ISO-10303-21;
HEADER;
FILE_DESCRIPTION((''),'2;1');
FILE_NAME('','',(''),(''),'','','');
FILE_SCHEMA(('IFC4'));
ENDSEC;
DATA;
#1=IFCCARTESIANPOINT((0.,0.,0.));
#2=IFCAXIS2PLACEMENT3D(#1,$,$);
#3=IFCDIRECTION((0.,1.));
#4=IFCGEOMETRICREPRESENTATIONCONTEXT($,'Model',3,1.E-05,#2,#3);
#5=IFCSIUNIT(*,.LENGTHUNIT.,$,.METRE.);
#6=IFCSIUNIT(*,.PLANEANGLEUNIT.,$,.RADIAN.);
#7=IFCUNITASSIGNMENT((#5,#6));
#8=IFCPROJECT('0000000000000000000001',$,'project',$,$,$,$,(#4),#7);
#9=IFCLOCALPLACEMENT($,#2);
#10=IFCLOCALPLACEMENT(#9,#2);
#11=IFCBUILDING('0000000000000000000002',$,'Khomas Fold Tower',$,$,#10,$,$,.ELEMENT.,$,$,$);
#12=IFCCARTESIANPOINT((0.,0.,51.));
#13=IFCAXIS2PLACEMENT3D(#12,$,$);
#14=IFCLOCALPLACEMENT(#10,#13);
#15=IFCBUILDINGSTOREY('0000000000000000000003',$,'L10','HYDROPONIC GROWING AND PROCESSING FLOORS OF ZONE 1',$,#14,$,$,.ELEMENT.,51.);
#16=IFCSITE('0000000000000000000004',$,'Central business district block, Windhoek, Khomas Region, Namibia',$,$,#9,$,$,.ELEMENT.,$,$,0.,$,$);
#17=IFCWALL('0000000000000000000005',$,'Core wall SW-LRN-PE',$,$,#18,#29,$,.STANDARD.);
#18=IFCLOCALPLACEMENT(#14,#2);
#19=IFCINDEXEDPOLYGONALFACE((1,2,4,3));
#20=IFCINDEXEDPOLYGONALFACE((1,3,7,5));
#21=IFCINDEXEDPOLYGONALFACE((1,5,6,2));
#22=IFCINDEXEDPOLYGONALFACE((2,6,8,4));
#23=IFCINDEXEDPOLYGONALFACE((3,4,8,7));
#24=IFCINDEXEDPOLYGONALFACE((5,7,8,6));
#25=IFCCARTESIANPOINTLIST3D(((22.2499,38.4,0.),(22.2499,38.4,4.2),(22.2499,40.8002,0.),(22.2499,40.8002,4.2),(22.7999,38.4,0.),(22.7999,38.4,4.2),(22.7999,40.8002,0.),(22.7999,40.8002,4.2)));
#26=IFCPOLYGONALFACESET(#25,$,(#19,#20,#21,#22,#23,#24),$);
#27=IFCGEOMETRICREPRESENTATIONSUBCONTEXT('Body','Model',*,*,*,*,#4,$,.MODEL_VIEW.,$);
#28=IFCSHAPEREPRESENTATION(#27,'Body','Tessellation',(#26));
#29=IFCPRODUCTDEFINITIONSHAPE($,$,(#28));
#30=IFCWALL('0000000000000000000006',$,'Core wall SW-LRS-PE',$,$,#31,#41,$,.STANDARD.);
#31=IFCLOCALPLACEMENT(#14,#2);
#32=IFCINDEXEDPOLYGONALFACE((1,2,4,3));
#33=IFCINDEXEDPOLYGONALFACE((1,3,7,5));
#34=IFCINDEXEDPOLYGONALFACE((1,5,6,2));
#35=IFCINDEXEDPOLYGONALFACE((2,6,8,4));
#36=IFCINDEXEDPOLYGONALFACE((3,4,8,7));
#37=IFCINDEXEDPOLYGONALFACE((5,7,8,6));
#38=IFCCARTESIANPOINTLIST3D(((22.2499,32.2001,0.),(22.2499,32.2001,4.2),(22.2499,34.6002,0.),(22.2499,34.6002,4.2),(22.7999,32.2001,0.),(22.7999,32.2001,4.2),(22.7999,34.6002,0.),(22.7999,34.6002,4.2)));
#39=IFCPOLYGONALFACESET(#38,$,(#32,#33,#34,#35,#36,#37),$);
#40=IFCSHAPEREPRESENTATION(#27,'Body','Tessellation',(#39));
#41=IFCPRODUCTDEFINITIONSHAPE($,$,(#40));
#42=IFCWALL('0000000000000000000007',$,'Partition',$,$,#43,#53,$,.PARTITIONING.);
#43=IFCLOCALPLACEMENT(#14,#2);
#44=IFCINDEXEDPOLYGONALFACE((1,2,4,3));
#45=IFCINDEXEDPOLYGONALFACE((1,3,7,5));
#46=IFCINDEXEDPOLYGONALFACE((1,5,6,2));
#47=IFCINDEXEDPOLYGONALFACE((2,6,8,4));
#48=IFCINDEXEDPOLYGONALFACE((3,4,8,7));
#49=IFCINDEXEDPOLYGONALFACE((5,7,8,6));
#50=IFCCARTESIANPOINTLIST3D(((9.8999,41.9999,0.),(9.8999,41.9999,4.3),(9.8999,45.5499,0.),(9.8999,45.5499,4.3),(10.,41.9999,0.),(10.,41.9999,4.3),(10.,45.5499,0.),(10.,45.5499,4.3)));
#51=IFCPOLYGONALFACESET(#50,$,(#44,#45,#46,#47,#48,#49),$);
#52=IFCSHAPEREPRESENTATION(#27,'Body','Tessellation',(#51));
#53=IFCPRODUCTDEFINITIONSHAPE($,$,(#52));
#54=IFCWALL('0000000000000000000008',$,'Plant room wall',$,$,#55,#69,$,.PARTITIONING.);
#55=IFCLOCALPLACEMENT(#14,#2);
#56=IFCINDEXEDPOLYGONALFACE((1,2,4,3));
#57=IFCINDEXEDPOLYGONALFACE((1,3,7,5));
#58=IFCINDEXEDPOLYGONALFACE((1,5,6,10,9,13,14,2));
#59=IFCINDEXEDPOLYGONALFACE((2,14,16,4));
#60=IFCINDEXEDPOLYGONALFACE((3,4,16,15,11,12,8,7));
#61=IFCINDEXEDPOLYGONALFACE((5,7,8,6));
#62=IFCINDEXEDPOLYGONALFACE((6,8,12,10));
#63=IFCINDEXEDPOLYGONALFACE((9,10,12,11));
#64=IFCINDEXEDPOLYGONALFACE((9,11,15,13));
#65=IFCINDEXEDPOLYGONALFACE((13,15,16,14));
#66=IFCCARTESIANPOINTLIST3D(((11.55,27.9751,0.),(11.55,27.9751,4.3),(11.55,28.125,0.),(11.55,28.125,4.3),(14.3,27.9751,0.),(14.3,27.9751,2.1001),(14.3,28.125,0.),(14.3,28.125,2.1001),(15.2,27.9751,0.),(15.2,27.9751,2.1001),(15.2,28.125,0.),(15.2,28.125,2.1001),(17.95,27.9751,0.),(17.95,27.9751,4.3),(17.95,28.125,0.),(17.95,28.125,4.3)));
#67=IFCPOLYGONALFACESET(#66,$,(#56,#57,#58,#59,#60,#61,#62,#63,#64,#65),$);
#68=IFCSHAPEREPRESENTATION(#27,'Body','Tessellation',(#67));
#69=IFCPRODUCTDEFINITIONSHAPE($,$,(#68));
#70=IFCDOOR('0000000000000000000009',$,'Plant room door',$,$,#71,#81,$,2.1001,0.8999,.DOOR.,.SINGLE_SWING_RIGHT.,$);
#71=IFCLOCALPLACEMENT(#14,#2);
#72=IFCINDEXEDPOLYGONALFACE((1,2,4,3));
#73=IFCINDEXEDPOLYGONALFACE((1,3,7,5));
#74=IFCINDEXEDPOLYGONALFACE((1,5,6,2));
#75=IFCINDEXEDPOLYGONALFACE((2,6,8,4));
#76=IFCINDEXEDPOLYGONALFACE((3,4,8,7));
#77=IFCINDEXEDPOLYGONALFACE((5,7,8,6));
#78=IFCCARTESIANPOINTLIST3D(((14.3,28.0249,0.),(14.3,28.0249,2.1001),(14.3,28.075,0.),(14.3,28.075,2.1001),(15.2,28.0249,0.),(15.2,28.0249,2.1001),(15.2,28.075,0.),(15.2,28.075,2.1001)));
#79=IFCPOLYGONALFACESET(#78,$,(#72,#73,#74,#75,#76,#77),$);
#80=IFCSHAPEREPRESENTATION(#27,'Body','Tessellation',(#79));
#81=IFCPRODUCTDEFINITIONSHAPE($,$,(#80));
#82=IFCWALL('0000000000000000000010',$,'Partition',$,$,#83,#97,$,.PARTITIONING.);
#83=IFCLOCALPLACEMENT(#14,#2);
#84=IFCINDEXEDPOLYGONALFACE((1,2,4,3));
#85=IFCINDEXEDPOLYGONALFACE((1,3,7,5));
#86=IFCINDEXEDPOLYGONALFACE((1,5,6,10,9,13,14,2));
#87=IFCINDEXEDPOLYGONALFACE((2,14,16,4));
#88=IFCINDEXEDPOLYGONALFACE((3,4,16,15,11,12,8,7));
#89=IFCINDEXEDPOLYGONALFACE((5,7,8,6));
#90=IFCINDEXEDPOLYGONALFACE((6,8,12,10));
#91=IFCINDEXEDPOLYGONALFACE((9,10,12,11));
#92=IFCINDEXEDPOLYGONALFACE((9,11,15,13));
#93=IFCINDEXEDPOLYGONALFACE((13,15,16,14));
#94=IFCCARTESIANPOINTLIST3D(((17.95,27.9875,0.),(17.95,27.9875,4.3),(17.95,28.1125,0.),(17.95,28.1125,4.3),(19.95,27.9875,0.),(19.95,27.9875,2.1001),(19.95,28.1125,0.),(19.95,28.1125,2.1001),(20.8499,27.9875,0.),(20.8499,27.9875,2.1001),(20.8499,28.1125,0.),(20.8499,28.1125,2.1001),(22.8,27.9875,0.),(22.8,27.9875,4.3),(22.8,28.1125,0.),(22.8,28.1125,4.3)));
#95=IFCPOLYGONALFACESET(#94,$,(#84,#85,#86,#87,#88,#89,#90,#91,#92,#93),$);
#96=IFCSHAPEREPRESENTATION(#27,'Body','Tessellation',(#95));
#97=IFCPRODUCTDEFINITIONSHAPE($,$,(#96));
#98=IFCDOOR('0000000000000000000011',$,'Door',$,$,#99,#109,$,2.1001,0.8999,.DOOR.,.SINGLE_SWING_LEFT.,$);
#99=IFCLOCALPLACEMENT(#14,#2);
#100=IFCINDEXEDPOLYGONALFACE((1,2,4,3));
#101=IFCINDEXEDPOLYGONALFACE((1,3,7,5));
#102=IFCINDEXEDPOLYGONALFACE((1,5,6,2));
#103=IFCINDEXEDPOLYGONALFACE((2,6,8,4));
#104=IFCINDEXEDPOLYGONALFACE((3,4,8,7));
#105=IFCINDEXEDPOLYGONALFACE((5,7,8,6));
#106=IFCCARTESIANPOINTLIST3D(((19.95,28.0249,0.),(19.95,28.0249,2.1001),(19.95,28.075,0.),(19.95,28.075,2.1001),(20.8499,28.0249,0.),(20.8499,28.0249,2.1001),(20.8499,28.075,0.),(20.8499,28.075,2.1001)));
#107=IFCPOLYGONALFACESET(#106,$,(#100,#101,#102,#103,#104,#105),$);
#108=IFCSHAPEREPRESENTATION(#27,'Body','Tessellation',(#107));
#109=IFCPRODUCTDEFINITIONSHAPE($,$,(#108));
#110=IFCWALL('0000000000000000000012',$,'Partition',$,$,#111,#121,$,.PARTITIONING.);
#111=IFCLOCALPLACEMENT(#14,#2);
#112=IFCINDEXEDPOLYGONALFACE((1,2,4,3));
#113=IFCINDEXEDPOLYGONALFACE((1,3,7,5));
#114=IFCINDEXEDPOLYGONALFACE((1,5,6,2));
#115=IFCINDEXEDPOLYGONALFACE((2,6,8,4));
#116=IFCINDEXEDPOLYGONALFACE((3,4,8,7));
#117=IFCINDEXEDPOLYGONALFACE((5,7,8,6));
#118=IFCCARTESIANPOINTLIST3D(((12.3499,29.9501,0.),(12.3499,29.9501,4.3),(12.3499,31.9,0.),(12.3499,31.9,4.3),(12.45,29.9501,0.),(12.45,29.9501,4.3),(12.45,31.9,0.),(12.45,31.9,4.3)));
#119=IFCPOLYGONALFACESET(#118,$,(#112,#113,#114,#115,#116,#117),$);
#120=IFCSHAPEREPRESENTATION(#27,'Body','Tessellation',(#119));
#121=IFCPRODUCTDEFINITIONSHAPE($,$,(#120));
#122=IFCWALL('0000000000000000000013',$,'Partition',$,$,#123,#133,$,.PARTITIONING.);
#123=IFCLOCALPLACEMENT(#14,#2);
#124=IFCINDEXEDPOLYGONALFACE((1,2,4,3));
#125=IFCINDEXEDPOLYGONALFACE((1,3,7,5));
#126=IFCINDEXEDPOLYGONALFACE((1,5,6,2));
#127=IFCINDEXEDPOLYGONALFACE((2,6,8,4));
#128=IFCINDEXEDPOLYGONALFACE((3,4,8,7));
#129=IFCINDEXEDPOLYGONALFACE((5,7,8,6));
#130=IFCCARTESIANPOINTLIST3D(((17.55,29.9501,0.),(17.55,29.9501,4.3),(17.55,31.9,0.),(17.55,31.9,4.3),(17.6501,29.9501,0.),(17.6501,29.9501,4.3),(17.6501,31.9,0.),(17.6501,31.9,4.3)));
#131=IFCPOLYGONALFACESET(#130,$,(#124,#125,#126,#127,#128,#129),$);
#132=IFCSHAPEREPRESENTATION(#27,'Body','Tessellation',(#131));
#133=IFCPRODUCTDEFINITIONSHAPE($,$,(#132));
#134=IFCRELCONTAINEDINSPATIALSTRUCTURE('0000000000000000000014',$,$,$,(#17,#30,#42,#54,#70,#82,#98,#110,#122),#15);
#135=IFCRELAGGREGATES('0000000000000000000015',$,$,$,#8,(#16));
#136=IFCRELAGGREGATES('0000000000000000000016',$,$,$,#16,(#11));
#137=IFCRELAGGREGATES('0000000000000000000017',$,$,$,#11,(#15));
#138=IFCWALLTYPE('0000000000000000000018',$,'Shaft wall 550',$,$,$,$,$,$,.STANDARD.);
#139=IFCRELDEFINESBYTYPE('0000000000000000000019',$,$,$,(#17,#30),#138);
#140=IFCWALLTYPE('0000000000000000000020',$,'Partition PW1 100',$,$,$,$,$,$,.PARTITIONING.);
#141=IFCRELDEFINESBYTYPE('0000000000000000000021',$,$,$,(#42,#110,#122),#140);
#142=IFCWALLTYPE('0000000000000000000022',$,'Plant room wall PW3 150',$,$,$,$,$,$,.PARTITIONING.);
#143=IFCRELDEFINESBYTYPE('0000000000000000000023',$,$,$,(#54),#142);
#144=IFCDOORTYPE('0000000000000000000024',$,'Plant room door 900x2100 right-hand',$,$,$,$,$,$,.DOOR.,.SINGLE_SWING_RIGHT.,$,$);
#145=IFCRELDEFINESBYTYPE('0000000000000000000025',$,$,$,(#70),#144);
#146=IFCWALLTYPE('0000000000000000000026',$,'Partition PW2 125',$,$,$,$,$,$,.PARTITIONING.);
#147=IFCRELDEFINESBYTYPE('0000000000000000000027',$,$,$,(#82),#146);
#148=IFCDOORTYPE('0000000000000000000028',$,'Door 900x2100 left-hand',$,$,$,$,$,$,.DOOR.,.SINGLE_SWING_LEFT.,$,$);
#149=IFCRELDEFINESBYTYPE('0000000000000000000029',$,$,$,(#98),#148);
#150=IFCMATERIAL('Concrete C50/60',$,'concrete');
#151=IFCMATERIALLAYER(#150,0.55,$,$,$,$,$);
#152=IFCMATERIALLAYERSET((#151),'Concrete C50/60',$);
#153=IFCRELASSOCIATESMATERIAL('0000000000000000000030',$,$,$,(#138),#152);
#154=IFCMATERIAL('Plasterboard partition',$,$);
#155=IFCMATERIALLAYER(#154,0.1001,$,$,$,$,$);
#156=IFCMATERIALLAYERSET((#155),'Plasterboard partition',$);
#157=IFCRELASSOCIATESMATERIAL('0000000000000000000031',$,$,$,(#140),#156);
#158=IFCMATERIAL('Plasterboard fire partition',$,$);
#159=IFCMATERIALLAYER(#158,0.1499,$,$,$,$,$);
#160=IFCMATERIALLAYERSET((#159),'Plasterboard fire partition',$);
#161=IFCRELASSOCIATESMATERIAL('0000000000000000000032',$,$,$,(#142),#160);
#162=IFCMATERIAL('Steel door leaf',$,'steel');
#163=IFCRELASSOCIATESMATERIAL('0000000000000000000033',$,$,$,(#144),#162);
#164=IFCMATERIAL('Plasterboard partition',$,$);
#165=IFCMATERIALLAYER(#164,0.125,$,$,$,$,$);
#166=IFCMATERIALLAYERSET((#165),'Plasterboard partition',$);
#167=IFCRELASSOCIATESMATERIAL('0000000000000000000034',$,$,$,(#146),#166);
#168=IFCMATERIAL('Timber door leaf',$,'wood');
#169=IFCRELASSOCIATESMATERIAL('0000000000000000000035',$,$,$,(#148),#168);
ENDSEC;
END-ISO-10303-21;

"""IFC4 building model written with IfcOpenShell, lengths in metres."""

from ifc_helpers import new_model, si_unit, direction, frame, frame_2d, origin, place, context, subcontext, project, spatial, rectangle, extrude, source, transform, mapped, material, layer, layer_set, type_object, element, fill, save


model = new_model("IFC4")

# Units and contexts
model_context = context("Model", 3, precision=1e-05, world=origin(), true_north=direction((0.0, 1.0)))
body_context = subcontext(model_context, "Body", "Model", "MODEL_VIEW")
ifc_project = project(units=[si_unit("LENGTHUNIT", "METRE"), si_unit("PLANEANGLEUNIT", "RADIAN")], contexts=[model_context])

# Site, building, storey
site_placement = place(None, origin())
site = spatial("IfcSite", under=ifc_project, at=site_placement, Name="Central business district block, Windhoek, Khomas Region, Namibia", CompositionType="ELEMENT", RefElevation=0.0)
building_placement = place(site_placement, origin())
building = spatial("IfcBuilding", under=site, at=building_placement, Name="Khomas Fold Tower", CompositionType="ELEMENT")
storey_placement = place(building_placement, frame((0.0, 0.0, 51.0)))
storey = spatial("IfcBuildingStorey", under=building, at=storey_placement, Name="L10", Description="HYDROPONIC GROWING AND PROCESSING FLOORS OF ZONE 1", CompositionType="ELEMENT", Elevation=51.0)

# Walls
ifc_material_1 = material(Name="Concrete C50/60", Category="concrete")
ifc_layer_1 = layer(ifc_material_1, 0.55)
ifc_layer_set_1 = layer_set([ifc_layer_1], Name="Concrete C50/60")
wall_type_1 = type_object("IfcWallType", Name="Shaft wall 550", PredefinedType="STANDARD", material=ifc_layer_set_1)
shared_shape_1 = source(origin(), body_context, "Body", "SweptSolid", [
    extrude(rectangle(XDim=2.4001, YDim=0.55, at=frame_2d((1.2002, 0.0))), origin(), (0.0, 0.0, 1.0), 4.2),
])
for number, where, z_axis, x_axis, name in (
    (1, (22.5249, 38.3999, 0.0), (0.0, 0.0, 1.0), (0.0, 1.0, 0.0), "Core wall SW-LRN-PE"),
    (2, (22.5249, 32.2, 0.0), (0.0, 0.0, 1.0), (0.0, 1.0, 0.0), "Core wall SW-LRS-PE"),
):
    element("IfcWall", number, at=place(storey_placement, frame(where, z_axis=z_axis, x_axis=x_axis)), inside=storey, type_object=wall_type_1, Name=name, PredefinedType="STANDARD", context=body_context, shape_type="MappedRepresentation", body=[
        mapped(shared_shape_1, transform((0.0, 0.0, 0.0))),
    ])
ifc_material_2 = material(Name="Plasterboard partition")
ifc_layer_2 = layer(ifc_material_2, 0.1001)
ifc_layer_set_2 = layer_set([ifc_layer_2], Name="Plasterboard partition")
wall_type_2 = type_object("IfcWallType", Name="Partition PW1 100", PredefinedType="PARTITIONING", material=ifc_layer_set_2)
shared_shape_2 = source(origin(), body_context, "Body", "SweptSolid", [
    extrude(rectangle(XDim=3.55, YDim=0.1001, at=frame_2d((1.7749, 0.0))), origin(), (0.0, 0.0, 1.0), 4.3),
])
wall_1_placement = place(storey_placement, frame((9.95, 42.0, 0.0), z_axis=(0.0, 0.0, 1.0), x_axis=(0.0, 1.0, 0.0)))
element("IfcWall", 3, at=wall_1_placement, inside=storey, type_object=wall_type_2, Name="Partition", PredefinedType="PARTITIONING", context=body_context, shape_type="MappedRepresentation", body=[
    mapped(shared_shape_2, transform((0.0, 0.0, 0.0))),
])

# Walls, openings, doors
ifc_material_3 = material(Name="Plasterboard fire partition")
ifc_layer_3 = layer(ifc_material_3, 0.1499)
ifc_layer_set_3 = layer_set([ifc_layer_3], Name="Plasterboard fire partition")
wall_type_3 = type_object("IfcWallType", Name="Plant room wall PW3 150", PredefinedType="PARTITIONING", material=ifc_layer_set_3)
shared_shape_3 = source(origin(), body_context, "Body", "SweptSolid", [
    extrude(rectangle(XDim=6.3999, YDim=0.1499, at=frame_2d((3.2, 0.0))), origin(), (0.0, 0.0, 1.0), 4.3),
])
wall_2_placement = place(storey_placement, frame((11.55, 28.05, 0.0), z_axis=(0.0, 0.0, 1.0), x_axis=(1.0, 0.0, 0.0)))
wall_2 = element("IfcWall", 4, at=wall_2_placement, inside=storey, type_object=wall_type_3, Name="Plant room wall", PredefinedType="PARTITIONING", context=body_context, shape_type="MappedRepresentation", body=[
    mapped(shared_shape_3, transform((0.0, 0.0, 0.0))),
])
shared_shape_4 = source(origin(), body_context, "Body", "SweptSolid", [
    extrude(rectangle(XDim=0.8999, YDim=2.1001, at=frame_2d((0.45, 1.05))), frame((0.0, 0.085, 0.0), z_axis=(0.0, -1.0, 0.0), x_axis=(1.0, 0.0, 0.0)), (0.0, 0.0, 1.0), 0.1699),
])
opening_1_placement = place(wall_2_placement, frame((2.75, 0.0, 0.0)))
opening_1 = element("IfcOpeningElement", 5, at=opening_1_placement, cuts=wall_2, PredefinedType="OPENING", context=body_context, shape_type="MappedRepresentation", body=[
    mapped(shared_shape_4, transform((0.0, 0.0, 0.0))),
])
ifc_material_4 = material(Name="Steel door leaf", Category="steel")
door_type_1 = type_object("IfcDoorType", Name="Plant room door 900x2100 right-hand", OperationType="SINGLE_SWING_RIGHT", PredefinedType="DOOR", material=ifc_material_4)
shared_shape_5 = source(origin(), body_context, "Body", "SweptSolid", [
    extrude(rectangle(XDim=0.8999, YDim=2.1001, at=frame_2d((0.45, 1.05))), frame((0.0, 0.0249, 0.0), z_axis=(0.0, -1.0, 0.0), x_axis=(1.0, 0.0, 0.0)), (0.0, 0.0, 1.0), 0.05),
])
door_1_placement = place(opening_1_placement, origin())
door_1 = element("IfcDoor", 6, at=door_1_placement, inside=storey, type_object=door_type_1, Name="Plant room door", OperationType="SINGLE_SWING_RIGHT", OverallHeight=2.1001, OverallWidth=0.8999, PredefinedType="DOOR", context=body_context, shape_type="MappedRepresentation", body=[
    mapped(shared_shape_5, transform((0.0, 0.0, 0.0))),
])
fill(opening_1, door_1)
ifc_material_5 = material(Name="Plasterboard partition")
ifc_layer_4 = layer(ifc_material_5, 0.125)
ifc_layer_set_4 = layer_set([ifc_layer_4], Name="Plasterboard partition")
wall_type_4 = type_object("IfcWallType", Name="Partition PW2 125", PredefinedType="PARTITIONING", material=ifc_layer_set_4)
shared_shape_6 = source(origin(), body_context, "Body", "SweptSolid", [
    extrude(rectangle(XDim=4.8501, YDim=0.125, at=frame_2d((2.425, 0.0))), origin(), (0.0, 0.0, 1.0), 4.3),
])
wall_3_placement = place(storey_placement, frame((17.95, 28.05, 0.0), z_axis=(0.0, 0.0, 1.0), x_axis=(1.0, 0.0, 0.0)))
wall_3 = element("IfcWall", 7, at=wall_3_placement, inside=storey, type_object=wall_type_4, Name="Partition", PredefinedType="PARTITIONING", context=body_context, shape_type="MappedRepresentation", body=[
    mapped(shared_shape_6, transform((0.0, 0.0, 0.0))),
])
shared_shape_7 = source(origin(), body_context, "Body", "SweptSolid", [
    extrude(rectangle(XDim=0.8999, YDim=2.1001, at=frame_2d((0.45, 1.05))), frame((0.0, 0.0725, 0.0), z_axis=(0.0, -1.0, 0.0), x_axis=(1.0, 0.0, 0.0)), (0.0, 0.0, 1.0), 0.145),
])
opening_2_placement = place(wall_3_placement, frame((2.0, 0.0, 0.0)))
opening_2 = element("IfcOpeningElement", 8, at=opening_2_placement, cuts=wall_3, PredefinedType="OPENING", context=body_context, shape_type="MappedRepresentation", body=[
    mapped(shared_shape_7, transform((0.0, 0.0, 0.0))),
])
ifc_material_6 = material(Name="Timber door leaf", Category="wood")
door_type_2 = type_object("IfcDoorType", Name="Door 900x2100 left-hand", OperationType="SINGLE_SWING_LEFT", PredefinedType="DOOR", material=ifc_material_6)
door_2_placement = place(opening_2_placement, origin())
door_2 = element("IfcDoor", 9, at=door_2_placement, inside=storey, type_object=door_type_2, Name="Door", OperationType="SINGLE_SWING_LEFT", OverallHeight=2.1001, OverallWidth=0.8999, PredefinedType="DOOR", context=body_context, shape_type="MappedRepresentation", body=[
    mapped(shared_shape_5, transform((0.0, 0.0, 0.0))),
])
fill(opening_2, door_2)

# Walls
shared_shape_8 = source(origin(), body_context, "Body", "SweptSolid", [
    extrude(rectangle(XDim=1.95, YDim=0.1001, at=frame_2d((0.9751, 0.0))), origin(), (0.0, 0.0, 1.0), 4.3),
])
for number, where, z_axis, x_axis, name in (
    (10, (12.3999, 29.95, 0.0), (0.0, 0.0, 1.0), (0.0, 1.0, 0.0), "Partition"),
    (11, (17.6001, 29.95, 0.0), (0.0, 0.0, 1.0), (0.0, 1.0, 0.0), "Partition"),
):
    element("IfcWall", number, at=place(storey_placement, frame(where, z_axis=z_axis, x_axis=x_axis)), inside=storey, type_object=wall_type_2, Name=name, PredefinedType="PARTITIONING", context=body_context, shape_type="MappedRepresentation", body=[
        mapped(shared_shape_8, transform((0.0, 0.0, 0.0))),
    ])

save(model, "model.ifc")
